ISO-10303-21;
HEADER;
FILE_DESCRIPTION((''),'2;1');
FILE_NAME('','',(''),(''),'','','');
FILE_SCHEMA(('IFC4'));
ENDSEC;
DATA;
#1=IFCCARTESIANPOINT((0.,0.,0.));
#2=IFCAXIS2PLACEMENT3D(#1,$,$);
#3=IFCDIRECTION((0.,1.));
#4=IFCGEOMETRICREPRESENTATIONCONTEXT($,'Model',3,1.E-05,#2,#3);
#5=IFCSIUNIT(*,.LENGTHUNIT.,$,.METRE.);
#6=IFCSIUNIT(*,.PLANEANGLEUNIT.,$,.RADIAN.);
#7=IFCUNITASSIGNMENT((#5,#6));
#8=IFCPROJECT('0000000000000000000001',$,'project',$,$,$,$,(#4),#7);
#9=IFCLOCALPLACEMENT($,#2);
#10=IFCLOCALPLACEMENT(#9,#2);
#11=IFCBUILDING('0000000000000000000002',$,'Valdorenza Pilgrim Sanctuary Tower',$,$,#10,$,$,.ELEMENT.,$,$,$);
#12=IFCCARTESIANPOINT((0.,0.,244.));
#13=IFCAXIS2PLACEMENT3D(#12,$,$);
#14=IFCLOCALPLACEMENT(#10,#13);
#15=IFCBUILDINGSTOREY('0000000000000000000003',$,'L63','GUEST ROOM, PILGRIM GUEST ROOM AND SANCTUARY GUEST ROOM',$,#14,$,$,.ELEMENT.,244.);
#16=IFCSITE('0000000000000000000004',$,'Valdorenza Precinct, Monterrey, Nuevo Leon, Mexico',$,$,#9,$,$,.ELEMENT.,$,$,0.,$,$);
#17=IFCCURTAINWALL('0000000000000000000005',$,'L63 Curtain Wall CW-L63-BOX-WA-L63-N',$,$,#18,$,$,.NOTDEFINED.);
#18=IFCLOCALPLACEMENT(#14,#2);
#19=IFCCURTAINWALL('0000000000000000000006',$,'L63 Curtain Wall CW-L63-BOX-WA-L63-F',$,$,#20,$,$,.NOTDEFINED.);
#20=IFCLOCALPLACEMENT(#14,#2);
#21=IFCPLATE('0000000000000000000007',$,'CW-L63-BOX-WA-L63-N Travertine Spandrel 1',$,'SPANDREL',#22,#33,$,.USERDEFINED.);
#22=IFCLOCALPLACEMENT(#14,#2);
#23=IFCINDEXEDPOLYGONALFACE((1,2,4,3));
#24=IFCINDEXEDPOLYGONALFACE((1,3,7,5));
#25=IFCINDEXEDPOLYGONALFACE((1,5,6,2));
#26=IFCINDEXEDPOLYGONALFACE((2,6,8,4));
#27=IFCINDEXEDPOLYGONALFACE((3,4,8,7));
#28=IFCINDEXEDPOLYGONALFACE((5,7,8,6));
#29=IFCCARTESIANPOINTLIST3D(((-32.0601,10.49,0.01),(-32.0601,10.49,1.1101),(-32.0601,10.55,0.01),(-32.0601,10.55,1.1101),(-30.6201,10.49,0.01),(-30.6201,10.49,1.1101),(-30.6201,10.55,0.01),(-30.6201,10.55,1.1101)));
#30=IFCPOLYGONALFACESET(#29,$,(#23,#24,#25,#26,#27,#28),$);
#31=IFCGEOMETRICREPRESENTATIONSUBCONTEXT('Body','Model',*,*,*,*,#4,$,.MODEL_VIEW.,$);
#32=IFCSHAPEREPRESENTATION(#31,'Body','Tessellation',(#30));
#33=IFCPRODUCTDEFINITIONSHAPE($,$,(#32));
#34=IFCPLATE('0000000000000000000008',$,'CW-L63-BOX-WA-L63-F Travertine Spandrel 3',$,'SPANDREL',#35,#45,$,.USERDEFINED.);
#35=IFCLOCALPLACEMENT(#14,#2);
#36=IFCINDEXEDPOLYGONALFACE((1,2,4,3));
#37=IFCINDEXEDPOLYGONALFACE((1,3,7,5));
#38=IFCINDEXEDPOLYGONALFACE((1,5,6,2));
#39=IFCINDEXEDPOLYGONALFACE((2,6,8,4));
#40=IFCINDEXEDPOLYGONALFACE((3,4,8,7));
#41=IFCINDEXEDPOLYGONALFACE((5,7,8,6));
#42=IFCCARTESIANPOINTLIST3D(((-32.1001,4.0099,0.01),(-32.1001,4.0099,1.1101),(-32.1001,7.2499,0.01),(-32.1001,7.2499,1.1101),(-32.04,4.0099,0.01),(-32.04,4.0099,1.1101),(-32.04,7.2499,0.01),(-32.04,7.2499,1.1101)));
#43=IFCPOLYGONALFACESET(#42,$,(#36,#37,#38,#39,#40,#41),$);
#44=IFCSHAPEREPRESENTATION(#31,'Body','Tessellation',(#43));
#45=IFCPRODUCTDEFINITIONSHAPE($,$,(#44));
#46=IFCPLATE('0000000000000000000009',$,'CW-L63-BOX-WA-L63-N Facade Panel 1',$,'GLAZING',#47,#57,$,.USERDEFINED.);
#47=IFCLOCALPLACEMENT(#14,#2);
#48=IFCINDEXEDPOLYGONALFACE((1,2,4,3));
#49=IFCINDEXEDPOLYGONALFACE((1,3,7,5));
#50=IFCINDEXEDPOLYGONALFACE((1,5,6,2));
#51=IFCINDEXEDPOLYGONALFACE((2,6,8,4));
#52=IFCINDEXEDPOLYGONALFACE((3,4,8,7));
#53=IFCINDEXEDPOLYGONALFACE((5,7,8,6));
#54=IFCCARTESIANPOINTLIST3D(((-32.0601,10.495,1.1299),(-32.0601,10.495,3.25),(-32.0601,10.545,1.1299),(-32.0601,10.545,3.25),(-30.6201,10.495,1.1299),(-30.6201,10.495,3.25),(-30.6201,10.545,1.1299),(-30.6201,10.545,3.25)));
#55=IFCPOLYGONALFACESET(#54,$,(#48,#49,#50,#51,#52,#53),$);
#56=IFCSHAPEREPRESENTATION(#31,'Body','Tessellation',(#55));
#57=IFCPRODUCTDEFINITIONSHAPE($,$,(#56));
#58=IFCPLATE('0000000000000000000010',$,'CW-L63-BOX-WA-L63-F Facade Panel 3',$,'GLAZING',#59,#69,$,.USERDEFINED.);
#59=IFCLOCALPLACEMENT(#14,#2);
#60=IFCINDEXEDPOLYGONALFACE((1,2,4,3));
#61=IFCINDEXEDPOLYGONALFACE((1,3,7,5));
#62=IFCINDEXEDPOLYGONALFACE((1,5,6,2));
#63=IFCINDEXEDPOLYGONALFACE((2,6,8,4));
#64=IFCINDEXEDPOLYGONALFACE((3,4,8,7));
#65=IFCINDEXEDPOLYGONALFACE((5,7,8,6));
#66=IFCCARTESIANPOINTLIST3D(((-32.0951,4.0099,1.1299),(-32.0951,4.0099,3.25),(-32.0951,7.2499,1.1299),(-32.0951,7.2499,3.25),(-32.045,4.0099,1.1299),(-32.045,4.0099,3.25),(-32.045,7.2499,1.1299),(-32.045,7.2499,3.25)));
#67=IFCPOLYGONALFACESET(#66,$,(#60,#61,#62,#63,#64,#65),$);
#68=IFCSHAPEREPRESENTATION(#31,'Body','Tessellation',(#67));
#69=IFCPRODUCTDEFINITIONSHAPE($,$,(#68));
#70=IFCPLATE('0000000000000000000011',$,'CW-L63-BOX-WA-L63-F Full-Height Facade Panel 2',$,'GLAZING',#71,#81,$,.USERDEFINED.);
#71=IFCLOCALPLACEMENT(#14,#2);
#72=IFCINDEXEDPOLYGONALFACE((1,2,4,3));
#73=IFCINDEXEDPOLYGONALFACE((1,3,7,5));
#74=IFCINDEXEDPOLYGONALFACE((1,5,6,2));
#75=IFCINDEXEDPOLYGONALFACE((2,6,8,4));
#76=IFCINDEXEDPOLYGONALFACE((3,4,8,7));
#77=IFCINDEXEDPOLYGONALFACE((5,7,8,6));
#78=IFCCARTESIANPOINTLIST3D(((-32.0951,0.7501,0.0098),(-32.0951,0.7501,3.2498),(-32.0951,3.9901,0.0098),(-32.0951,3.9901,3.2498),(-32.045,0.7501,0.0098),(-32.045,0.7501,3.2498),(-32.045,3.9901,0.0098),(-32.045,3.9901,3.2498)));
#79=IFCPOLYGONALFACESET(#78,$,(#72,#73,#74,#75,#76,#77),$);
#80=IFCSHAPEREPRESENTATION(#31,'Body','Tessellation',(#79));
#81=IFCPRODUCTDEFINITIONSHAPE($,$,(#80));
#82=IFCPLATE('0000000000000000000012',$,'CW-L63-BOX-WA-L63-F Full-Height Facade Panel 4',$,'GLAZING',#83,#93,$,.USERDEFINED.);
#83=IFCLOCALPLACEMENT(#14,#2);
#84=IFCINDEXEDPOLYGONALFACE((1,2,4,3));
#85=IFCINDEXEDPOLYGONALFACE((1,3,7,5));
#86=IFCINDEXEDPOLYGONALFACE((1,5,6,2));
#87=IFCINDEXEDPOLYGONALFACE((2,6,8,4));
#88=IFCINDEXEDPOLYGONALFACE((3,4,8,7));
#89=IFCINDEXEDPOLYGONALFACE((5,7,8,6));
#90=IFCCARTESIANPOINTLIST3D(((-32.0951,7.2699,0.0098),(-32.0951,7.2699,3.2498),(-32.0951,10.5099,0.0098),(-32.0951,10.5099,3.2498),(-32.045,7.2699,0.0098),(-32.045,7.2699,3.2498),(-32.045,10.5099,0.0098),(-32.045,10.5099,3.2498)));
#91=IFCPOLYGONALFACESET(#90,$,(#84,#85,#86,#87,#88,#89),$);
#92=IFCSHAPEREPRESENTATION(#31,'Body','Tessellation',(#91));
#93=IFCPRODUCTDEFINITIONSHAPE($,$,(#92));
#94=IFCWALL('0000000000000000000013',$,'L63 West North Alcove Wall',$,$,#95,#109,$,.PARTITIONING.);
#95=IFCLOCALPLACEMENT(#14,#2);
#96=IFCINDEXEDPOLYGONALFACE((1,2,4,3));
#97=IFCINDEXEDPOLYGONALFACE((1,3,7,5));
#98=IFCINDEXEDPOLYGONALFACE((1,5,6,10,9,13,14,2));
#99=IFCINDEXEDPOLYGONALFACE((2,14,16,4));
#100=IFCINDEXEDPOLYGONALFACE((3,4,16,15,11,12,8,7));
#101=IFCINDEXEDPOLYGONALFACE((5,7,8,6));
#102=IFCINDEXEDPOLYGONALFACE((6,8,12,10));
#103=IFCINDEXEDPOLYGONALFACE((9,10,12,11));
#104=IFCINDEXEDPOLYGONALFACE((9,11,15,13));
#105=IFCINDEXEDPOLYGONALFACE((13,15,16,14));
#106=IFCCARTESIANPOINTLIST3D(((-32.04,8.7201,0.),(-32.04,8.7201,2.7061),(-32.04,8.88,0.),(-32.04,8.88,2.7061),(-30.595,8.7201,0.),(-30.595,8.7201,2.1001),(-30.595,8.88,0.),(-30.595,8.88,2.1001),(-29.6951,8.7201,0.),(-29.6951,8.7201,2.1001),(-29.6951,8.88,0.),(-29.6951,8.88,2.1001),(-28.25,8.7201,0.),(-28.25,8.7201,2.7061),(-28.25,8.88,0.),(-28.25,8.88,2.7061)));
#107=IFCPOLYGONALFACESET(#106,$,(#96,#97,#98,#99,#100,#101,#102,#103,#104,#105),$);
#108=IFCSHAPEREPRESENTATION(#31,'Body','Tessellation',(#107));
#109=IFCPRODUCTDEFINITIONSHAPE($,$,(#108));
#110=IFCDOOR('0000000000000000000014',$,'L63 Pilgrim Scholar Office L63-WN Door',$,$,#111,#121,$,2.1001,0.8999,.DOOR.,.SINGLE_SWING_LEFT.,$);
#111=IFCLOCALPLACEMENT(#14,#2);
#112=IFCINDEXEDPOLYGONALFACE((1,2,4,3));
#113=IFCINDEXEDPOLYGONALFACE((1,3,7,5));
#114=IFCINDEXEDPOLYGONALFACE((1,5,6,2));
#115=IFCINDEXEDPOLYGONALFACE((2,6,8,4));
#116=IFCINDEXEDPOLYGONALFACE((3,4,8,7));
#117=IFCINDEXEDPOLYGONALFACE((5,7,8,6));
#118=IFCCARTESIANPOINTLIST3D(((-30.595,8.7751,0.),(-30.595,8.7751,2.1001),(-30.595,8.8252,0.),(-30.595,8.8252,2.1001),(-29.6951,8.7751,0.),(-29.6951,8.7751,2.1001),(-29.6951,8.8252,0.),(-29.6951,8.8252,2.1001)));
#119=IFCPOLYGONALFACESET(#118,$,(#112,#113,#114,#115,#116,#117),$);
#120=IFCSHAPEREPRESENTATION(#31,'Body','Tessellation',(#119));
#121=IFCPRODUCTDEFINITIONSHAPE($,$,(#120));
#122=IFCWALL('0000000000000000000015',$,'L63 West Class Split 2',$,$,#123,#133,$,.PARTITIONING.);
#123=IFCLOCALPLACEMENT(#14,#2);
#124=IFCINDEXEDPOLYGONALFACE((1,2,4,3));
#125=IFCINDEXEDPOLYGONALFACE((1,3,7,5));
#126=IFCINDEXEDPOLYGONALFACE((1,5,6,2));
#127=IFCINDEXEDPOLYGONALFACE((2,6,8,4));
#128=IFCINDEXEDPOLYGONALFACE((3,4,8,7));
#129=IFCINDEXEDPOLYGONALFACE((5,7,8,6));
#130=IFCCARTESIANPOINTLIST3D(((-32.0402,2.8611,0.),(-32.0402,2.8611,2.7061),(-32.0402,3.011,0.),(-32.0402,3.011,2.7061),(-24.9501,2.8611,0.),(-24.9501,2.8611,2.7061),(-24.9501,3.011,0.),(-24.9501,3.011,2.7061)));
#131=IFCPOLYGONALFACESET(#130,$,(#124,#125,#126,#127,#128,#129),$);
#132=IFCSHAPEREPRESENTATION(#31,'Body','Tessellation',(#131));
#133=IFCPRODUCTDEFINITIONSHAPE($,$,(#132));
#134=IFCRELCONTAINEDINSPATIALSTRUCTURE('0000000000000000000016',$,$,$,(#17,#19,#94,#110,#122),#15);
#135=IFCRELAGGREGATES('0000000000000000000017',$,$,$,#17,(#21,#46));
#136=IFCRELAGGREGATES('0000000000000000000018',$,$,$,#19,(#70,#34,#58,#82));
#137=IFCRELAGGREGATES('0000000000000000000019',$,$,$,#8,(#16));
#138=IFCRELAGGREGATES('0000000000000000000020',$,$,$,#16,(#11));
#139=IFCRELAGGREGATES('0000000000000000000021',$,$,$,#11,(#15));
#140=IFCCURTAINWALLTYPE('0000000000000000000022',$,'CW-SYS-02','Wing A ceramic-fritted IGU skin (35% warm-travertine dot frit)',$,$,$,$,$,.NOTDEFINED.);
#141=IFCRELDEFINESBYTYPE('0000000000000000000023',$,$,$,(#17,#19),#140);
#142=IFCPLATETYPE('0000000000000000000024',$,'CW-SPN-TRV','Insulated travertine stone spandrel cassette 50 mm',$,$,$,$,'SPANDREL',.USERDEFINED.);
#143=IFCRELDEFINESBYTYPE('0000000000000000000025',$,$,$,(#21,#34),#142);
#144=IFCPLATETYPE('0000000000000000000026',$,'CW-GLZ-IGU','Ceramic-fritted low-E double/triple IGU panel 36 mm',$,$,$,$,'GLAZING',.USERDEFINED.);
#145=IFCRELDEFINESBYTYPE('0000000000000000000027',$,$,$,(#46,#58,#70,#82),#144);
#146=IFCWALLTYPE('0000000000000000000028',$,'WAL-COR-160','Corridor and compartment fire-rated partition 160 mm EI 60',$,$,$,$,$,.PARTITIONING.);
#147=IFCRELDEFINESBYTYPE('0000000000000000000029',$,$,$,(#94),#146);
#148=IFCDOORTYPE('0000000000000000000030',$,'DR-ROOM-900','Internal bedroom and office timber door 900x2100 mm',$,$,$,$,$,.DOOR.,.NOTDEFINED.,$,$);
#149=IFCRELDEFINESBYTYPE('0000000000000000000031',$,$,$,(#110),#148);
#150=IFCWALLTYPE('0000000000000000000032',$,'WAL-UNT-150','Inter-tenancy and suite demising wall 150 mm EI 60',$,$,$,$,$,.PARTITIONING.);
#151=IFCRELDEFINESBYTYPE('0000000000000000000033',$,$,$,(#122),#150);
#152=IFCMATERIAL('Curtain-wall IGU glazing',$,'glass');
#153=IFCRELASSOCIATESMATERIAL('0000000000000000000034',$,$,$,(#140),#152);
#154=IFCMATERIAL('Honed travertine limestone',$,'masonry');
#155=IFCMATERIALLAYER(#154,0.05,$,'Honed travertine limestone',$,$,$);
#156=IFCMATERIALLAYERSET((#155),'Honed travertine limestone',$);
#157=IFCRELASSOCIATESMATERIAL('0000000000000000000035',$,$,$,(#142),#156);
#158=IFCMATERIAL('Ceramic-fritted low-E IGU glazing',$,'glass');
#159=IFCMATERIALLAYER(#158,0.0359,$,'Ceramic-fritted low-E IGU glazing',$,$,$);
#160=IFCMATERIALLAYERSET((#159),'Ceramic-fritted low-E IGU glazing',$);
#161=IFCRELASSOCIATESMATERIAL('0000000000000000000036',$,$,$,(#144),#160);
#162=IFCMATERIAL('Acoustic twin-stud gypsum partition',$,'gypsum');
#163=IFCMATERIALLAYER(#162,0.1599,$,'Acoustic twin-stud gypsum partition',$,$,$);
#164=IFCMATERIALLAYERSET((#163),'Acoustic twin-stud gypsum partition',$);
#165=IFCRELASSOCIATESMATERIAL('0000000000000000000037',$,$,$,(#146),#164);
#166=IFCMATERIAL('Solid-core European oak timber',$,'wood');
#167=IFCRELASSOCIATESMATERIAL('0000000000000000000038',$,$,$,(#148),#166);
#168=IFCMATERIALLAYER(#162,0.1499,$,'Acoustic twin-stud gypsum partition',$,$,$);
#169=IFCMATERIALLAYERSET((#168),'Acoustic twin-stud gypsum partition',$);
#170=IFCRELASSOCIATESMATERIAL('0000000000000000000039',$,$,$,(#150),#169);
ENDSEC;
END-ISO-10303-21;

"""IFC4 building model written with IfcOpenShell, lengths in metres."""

from ifc_helpers import new_model, si_unit, direction, frame, frame_2d, origin, origin_2d, place, context, subcontext, project, spatial, rectangle, extrude, source, transform, mapped, material, layer, layer_set, type_object, element, fill, aggregate, save


model = new_model("IFC4")

# Units and contexts
model_context = context("Model", 3, precision=1e-05, world=origin(), true_north=direction((0.0, 1.0)))
body_context = subcontext(model_context, "Body", "Model", "MODEL_VIEW")
ifc_project = project(units=[si_unit("LENGTHUNIT", "METRE"), si_unit("PLANEANGLEUNIT", "RADIAN")], contexts=[model_context])

# Site, building, storey
site_placement = place(None, origin())
site = spatial("IfcSite", under=ifc_project, at=site_placement, Name="Valdorenza Precinct, Monterrey, Nuevo Leon, Mexico", CompositionType="ELEMENT", RefElevation=0.0)
building_placement = place(site_placement, origin())
building = spatial("IfcBuilding", under=site, at=building_placement, Name="Valdorenza Pilgrim Sanctuary Tower", CompositionType="ELEMENT")
storey_placement = place(building_placement, frame((0.0, 0.0, 244.0)))
storey = spatial("IfcBuildingStorey", under=building, at=storey_placement, Name="L63", Description="GUEST ROOM, PILGRIM GUEST ROOM AND SANCTUARY GUEST ROOM", CompositionType="ELEMENT", Elevation=244.0)

# Curtain wall
ifc_material_1 = material(Name="Curtain-wall IGU glazing", Category="glass")
curtain_wall_type = type_object("IfcCurtainWallType", Name="CW-SYS-02", Description="Wing A ceramic-fritted IGU skin (35% warm-travertine dot frit)", PredefinedType="NOTDEFINED", material=ifc_material_1)
curtain_wall_1_placement = place(storey_placement, origin())
curtain_wall_1 = element("IfcCurtainWall", 1, at=curtain_wall_1_placement, inside=storey, type_object=curtain_wall_type, Name="L63 Curtain Wall CW-L63-BOX-WA-L63-N", PredefinedType="NOTDEFINED")

# Curtain wall
curtain_wall_2_placement = place(storey_placement, origin())
curtain_wall_2 = element("IfcCurtainWall", 2, at=curtain_wall_2_placement, inside=storey, type_object=curtain_wall_type, Name="L63 Curtain Wall CW-L63-BOX-WA-L63-F", PredefinedType="NOTDEFINED")

# Plates
ifc_material_2 = material(Name="Honed travertine limestone", Category="masonry")
ifc_layer_1 = layer(ifc_material_2, 0.05, Name="Honed travertine limestone")
ifc_layer_set_1 = layer_set([ifc_layer_1], Name="Honed travertine limestone")
plate_type_1 = type_object("IfcPlateType", Name="CW-SPN-TRV", Description="Insulated travertine stone spandrel cassette 50 mm", ElementType="SPANDREL", PredefinedType="USERDEFINED", material=ifc_layer_set_1)
shared_shape_1 = source(origin(), body_context, "Body", "SweptSolid", [
    extrude(rectangle(XDim=1.4399, YDim=0.0601, at=origin_2d()), origin(), (0.0, 0.0, 1.0), 1.1001),
])
plate_1_placement = place(storey_placement, frame((-31.3401, 10.52, 0.01), z_axis=(0.0, 0.0, 1.0), x_axis=(1.0, 0.0, 0.0)))
plate_1 = element("IfcPlate", 3, at=plate_1_placement, type_object=plate_type_1, Name="CW-L63-BOX-WA-L63-N Travertine Spandrel 1", ObjectType="SPANDREL", PredefinedType="USERDEFINED", context=body_context, shape_type="MappedRepresentation", body=[
    mapped(shared_shape_1, transform((0.0, 0.0, 0.0), x_axis=(1.0, 0.0, 0.0), y_axis=(0.0, 1.0, 0.0), z_axis=(0.0, 0.0, 1.0), scale=1.0)),
])
shared_shape_2 = source(origin(), body_context, "Body", "SweptSolid", [
    extrude(rectangle(XDim=3.24, YDim=0.0601, at=origin_2d()), origin(), (0.0, 0.0, 1.0), 1.1001),
])
plate_2_placement = place(storey_placement, frame((-32.0701, 5.6299, 0.01), z_axis=(0.0, 0.0, 1.0), x_axis=(0.0, 1.0, 0.0)))
plate_2 = element("IfcPlate", 4, at=plate_2_placement, type_object=plate_type_1, Name="CW-L63-BOX-WA-L63-F Travertine Spandrel 3", ObjectType="SPANDREL", PredefinedType="USERDEFINED", context=body_context, shape_type="MappedRepresentation", body=[
    mapped(shared_shape_2, transform((0.0, 0.0, 0.0), x_axis=(1.0, 0.0, 0.0), y_axis=(0.0, 1.0, 0.0), z_axis=(0.0, 0.0, 1.0), scale=1.0)),
])
ifc_material_3 = material(Name="Ceramic-fritted low-E IGU glazing", Category="glass")
ifc_layer_2 = layer(ifc_material_3, 0.0359, Name="Ceramic-fritted low-E IGU glazing")
ifc_layer_set_2 = layer_set([ifc_layer_2], Name="Ceramic-fritted low-E IGU glazing")
plate_type_2 = type_object("IfcPlateType", Name="CW-GLZ-IGU", Description="Ceramic-fritted low-E double/triple IGU panel 36 mm", ElementType="GLAZING", PredefinedType="USERDEFINED", material=ifc_layer_set_2)
shared_shape_3 = source(origin(), body_context, "Body", "SweptSolid", [
    extrude(rectangle(XDim=1.4399, YDim=0.05, at=origin_2d()), origin(), (0.0, 0.0, 1.0), 2.1201),
])
plate_3_placement = place(storey_placement, frame((-31.3401, 10.52, 1.1299), z_axis=(0.0, 0.0, 1.0), x_axis=(1.0, 0.0, 0.0)))
plate_3 = element("IfcPlate", 5, at=plate_3_placement, type_object=plate_type_2, Name="CW-L63-BOX-WA-L63-N Facade Panel 1", ObjectType="GLAZING", PredefinedType="USERDEFINED", context=body_context, shape_type="MappedRepresentation", body=[
    mapped(shared_shape_3, transform((0.0, 0.0, 0.0), x_axis=(1.0, 0.0, 0.0), y_axis=(0.0, 1.0, 0.0), z_axis=(0.0, 0.0, 1.0), scale=1.0)),
])
aggregate(curtain_wall_1, [plate_1, plate_3])
shared_shape_4 = source(origin(), body_context, "Body", "SweptSolid", [
    extrude(rectangle(XDim=3.24, YDim=0.05, at=origin_2d()), origin(), (0.0, 0.0, 1.0), 2.1201),
])
plate_4_placement = place(storey_placement, frame((-32.0701, 5.6299, 1.1299), z_axis=(0.0, 0.0, 1.0), x_axis=(0.0, 1.0, 0.0)))
plate_4 = element("IfcPlate", 6, at=plate_4_placement, type_object=plate_type_2, Name="CW-L63-BOX-WA-L63-F Facade Panel 3", ObjectType="GLAZING", PredefinedType="USERDEFINED", context=body_context, shape_type="MappedRepresentation", body=[
    mapped(shared_shape_4, transform((0.0, 0.0, 0.0), x_axis=(1.0, 0.0, 0.0), y_axis=(0.0, 1.0, 0.0), z_axis=(0.0, 0.0, 1.0), scale=1.0)),
])
shared_shape_5 = source(origin(), body_context, "Body", "SweptSolid", [
    extrude(rectangle(XDim=3.24, YDim=0.05, at=origin_2d()), origin(), (0.0, 0.0, 1.0), 3.24),
])
plate_5_placement = place(storey_placement, frame((-32.0701, 2.3701, 0.0098), z_axis=(0.0, 0.0, 1.0), x_axis=(0.0, 1.0, 0.0)))
plate_5 = element("IfcPlate", 7, at=plate_5_placement, type_object=plate_type_2, Name="CW-L63-BOX-WA-L63-F Full-Height Facade Panel 2", ObjectType="GLAZING", PredefinedType="USERDEFINED", context=body_context, shape_type="MappedRepresentation", body=[
    mapped(shared_shape_5, transform((0.0, 0.0, 0.0), x_axis=(1.0, 0.0, 0.0), y_axis=(0.0, 1.0, 0.0), z_axis=(0.0, 0.0, 1.0), scale=1.0)),
])
plate_6_placement = place(storey_placement, frame((-32.0701, 8.8899, 0.0098), z_axis=(0.0, 0.0, 1.0), x_axis=(0.0, 1.0, 0.0)))
plate_6 = element("IfcPlate", 8, at=plate_6_placement, type_object=plate_type_2, Name="CW-L63-BOX-WA-L63-F Full-Height Facade Panel 4", ObjectType="GLAZING", PredefinedType="USERDEFINED", context=body_context, shape_type="MappedRepresentation", body=[
    mapped(shared_shape_5, transform((0.0, 0.0, 0.0), x_axis=(1.0, 0.0, 0.0), y_axis=(0.0, 1.0, 0.0), z_axis=(0.0, 0.0, 1.0), scale=1.0)),
])
aggregate(curtain_wall_2, [plate_5, plate_2, plate_4, plate_6])

# Wall, opening, door
ifc_material_4 = material(Name="Acoustic twin-stud gypsum partition", Category="gypsum")
ifc_layer_3 = layer(ifc_material_4, 0.1599, Name="Acoustic twin-stud gypsum partition")
ifc_layer_set_3 = layer_set([ifc_layer_3], Name="Acoustic twin-stud gypsum partition")
wall_type_1 = type_object("IfcWallType", Name="WAL-COR-160", Description="Corridor and compartment fire-rated partition 160 mm EI 60", PredefinedType="PARTITIONING", material=ifc_layer_set_3)
wall_1_placement = place(storey_placement, frame((-32.04, 8.8, 0.0), z_axis=(0.0, 0.0, 1.0), x_axis=(1.0, 0.0, 0.0)))
wall_1 = element("IfcWall", 9, at=wall_1_placement, inside=storey, type_object=wall_type_1, Name="L63 West North Alcove Wall", PredefinedType="PARTITIONING", context=body_context, shape_type="SweptSolid", body=[
    extrude(rectangle(XDim=3.79, YDim=0.1599, at=frame_2d((1.895, 0.0))), origin(), (0.0, 0.0, 1.0), 2.7061),
])
opening_placement = place(wall_1_placement, frame((1.4451, 0.0, 0.0)))
opening = element("IfcOpeningElement", 10, at=opening_placement, cuts=wall_1, PredefinedType="OPENING", context=body_context, shape_type="SweptSolid", body=[
    extrude(rectangle(XDim=0.8999, YDim=2.1001, at=frame_2d((0.45, 1.05))), frame((0.0, 0.0947, 0.0), z_axis=(0.0, -1.0, 0.0), x_axis=(1.0, 0.0, 0.0)), (0.0, 0.0, 1.0), 0.1897),
])
ifc_material_5 = material(Name="Solid-core European oak timber", Category="wood")
door_type = type_object("IfcDoorType", Name="DR-ROOM-900", Description="Internal bedroom and office timber door 900x2100 mm", OperationType="NOTDEFINED", PredefinedType="DOOR", material=ifc_material_5)
door_placement = place(opening_placement, frame((0.8999, 0.0, 0.0), z_axis=(0.0, 0.0, 1.0), x_axis=(-1.0, 0.0, 0.0)))
door = element("IfcDoor", 11, at=door_placement, inside=storey, type_object=door_type, Name="L63 Pilgrim Scholar Office L63-WN Door", OperationType="SINGLE_SWING_LEFT", OverallHeight=2.1001, OverallWidth=0.8999, PredefinedType="DOOR", context=body_context, shape_type="SweptSolid", body=[
    extrude(rectangle(XDim=0.8999, YDim=2.1001, at=frame_2d((0.45, 1.05))), frame((0.0, 0.0249, 0.0), z_axis=(0.0, -1.0, 0.0), x_axis=(1.0, 0.0, 0.0)), (0.0, 0.0, 1.0), 0.05),
])
fill(opening, door)

# Wall
ifc_layer_4 = layer(ifc_material_4, 0.1499, Name="Acoustic twin-stud gypsum partition")
ifc_layer_set_4 = layer_set([ifc_layer_4], Name="Acoustic twin-stud gypsum partition")
wall_type_2 = type_object("IfcWallType", Name="WAL-UNT-150", Description="Inter-tenancy and suite demising wall 150 mm EI 60", PredefinedType="PARTITIONING", material=ifc_layer_set_4)
wall_2_placement = place(storey_placement, frame((-32.04, 2.936, 0.0), z_axis=(0.0, 0.0, 1.0), x_axis=(1.0, 0.0, 0.0)))
element("IfcWall", 12, at=wall_2_placement, inside=storey, type_object=wall_type_2, Name="L63 West Class Split 2", PredefinedType="PARTITIONING", context=body_context, shape_type="SweptSolid", body=[
    extrude(rectangle(XDim=7.0901, YDim=0.1499, at=frame_2d((3.5449, 0.0))), origin(), (0.0, 0.0, 1.0), 2.7061),
])

save(model, "model.ifc")
